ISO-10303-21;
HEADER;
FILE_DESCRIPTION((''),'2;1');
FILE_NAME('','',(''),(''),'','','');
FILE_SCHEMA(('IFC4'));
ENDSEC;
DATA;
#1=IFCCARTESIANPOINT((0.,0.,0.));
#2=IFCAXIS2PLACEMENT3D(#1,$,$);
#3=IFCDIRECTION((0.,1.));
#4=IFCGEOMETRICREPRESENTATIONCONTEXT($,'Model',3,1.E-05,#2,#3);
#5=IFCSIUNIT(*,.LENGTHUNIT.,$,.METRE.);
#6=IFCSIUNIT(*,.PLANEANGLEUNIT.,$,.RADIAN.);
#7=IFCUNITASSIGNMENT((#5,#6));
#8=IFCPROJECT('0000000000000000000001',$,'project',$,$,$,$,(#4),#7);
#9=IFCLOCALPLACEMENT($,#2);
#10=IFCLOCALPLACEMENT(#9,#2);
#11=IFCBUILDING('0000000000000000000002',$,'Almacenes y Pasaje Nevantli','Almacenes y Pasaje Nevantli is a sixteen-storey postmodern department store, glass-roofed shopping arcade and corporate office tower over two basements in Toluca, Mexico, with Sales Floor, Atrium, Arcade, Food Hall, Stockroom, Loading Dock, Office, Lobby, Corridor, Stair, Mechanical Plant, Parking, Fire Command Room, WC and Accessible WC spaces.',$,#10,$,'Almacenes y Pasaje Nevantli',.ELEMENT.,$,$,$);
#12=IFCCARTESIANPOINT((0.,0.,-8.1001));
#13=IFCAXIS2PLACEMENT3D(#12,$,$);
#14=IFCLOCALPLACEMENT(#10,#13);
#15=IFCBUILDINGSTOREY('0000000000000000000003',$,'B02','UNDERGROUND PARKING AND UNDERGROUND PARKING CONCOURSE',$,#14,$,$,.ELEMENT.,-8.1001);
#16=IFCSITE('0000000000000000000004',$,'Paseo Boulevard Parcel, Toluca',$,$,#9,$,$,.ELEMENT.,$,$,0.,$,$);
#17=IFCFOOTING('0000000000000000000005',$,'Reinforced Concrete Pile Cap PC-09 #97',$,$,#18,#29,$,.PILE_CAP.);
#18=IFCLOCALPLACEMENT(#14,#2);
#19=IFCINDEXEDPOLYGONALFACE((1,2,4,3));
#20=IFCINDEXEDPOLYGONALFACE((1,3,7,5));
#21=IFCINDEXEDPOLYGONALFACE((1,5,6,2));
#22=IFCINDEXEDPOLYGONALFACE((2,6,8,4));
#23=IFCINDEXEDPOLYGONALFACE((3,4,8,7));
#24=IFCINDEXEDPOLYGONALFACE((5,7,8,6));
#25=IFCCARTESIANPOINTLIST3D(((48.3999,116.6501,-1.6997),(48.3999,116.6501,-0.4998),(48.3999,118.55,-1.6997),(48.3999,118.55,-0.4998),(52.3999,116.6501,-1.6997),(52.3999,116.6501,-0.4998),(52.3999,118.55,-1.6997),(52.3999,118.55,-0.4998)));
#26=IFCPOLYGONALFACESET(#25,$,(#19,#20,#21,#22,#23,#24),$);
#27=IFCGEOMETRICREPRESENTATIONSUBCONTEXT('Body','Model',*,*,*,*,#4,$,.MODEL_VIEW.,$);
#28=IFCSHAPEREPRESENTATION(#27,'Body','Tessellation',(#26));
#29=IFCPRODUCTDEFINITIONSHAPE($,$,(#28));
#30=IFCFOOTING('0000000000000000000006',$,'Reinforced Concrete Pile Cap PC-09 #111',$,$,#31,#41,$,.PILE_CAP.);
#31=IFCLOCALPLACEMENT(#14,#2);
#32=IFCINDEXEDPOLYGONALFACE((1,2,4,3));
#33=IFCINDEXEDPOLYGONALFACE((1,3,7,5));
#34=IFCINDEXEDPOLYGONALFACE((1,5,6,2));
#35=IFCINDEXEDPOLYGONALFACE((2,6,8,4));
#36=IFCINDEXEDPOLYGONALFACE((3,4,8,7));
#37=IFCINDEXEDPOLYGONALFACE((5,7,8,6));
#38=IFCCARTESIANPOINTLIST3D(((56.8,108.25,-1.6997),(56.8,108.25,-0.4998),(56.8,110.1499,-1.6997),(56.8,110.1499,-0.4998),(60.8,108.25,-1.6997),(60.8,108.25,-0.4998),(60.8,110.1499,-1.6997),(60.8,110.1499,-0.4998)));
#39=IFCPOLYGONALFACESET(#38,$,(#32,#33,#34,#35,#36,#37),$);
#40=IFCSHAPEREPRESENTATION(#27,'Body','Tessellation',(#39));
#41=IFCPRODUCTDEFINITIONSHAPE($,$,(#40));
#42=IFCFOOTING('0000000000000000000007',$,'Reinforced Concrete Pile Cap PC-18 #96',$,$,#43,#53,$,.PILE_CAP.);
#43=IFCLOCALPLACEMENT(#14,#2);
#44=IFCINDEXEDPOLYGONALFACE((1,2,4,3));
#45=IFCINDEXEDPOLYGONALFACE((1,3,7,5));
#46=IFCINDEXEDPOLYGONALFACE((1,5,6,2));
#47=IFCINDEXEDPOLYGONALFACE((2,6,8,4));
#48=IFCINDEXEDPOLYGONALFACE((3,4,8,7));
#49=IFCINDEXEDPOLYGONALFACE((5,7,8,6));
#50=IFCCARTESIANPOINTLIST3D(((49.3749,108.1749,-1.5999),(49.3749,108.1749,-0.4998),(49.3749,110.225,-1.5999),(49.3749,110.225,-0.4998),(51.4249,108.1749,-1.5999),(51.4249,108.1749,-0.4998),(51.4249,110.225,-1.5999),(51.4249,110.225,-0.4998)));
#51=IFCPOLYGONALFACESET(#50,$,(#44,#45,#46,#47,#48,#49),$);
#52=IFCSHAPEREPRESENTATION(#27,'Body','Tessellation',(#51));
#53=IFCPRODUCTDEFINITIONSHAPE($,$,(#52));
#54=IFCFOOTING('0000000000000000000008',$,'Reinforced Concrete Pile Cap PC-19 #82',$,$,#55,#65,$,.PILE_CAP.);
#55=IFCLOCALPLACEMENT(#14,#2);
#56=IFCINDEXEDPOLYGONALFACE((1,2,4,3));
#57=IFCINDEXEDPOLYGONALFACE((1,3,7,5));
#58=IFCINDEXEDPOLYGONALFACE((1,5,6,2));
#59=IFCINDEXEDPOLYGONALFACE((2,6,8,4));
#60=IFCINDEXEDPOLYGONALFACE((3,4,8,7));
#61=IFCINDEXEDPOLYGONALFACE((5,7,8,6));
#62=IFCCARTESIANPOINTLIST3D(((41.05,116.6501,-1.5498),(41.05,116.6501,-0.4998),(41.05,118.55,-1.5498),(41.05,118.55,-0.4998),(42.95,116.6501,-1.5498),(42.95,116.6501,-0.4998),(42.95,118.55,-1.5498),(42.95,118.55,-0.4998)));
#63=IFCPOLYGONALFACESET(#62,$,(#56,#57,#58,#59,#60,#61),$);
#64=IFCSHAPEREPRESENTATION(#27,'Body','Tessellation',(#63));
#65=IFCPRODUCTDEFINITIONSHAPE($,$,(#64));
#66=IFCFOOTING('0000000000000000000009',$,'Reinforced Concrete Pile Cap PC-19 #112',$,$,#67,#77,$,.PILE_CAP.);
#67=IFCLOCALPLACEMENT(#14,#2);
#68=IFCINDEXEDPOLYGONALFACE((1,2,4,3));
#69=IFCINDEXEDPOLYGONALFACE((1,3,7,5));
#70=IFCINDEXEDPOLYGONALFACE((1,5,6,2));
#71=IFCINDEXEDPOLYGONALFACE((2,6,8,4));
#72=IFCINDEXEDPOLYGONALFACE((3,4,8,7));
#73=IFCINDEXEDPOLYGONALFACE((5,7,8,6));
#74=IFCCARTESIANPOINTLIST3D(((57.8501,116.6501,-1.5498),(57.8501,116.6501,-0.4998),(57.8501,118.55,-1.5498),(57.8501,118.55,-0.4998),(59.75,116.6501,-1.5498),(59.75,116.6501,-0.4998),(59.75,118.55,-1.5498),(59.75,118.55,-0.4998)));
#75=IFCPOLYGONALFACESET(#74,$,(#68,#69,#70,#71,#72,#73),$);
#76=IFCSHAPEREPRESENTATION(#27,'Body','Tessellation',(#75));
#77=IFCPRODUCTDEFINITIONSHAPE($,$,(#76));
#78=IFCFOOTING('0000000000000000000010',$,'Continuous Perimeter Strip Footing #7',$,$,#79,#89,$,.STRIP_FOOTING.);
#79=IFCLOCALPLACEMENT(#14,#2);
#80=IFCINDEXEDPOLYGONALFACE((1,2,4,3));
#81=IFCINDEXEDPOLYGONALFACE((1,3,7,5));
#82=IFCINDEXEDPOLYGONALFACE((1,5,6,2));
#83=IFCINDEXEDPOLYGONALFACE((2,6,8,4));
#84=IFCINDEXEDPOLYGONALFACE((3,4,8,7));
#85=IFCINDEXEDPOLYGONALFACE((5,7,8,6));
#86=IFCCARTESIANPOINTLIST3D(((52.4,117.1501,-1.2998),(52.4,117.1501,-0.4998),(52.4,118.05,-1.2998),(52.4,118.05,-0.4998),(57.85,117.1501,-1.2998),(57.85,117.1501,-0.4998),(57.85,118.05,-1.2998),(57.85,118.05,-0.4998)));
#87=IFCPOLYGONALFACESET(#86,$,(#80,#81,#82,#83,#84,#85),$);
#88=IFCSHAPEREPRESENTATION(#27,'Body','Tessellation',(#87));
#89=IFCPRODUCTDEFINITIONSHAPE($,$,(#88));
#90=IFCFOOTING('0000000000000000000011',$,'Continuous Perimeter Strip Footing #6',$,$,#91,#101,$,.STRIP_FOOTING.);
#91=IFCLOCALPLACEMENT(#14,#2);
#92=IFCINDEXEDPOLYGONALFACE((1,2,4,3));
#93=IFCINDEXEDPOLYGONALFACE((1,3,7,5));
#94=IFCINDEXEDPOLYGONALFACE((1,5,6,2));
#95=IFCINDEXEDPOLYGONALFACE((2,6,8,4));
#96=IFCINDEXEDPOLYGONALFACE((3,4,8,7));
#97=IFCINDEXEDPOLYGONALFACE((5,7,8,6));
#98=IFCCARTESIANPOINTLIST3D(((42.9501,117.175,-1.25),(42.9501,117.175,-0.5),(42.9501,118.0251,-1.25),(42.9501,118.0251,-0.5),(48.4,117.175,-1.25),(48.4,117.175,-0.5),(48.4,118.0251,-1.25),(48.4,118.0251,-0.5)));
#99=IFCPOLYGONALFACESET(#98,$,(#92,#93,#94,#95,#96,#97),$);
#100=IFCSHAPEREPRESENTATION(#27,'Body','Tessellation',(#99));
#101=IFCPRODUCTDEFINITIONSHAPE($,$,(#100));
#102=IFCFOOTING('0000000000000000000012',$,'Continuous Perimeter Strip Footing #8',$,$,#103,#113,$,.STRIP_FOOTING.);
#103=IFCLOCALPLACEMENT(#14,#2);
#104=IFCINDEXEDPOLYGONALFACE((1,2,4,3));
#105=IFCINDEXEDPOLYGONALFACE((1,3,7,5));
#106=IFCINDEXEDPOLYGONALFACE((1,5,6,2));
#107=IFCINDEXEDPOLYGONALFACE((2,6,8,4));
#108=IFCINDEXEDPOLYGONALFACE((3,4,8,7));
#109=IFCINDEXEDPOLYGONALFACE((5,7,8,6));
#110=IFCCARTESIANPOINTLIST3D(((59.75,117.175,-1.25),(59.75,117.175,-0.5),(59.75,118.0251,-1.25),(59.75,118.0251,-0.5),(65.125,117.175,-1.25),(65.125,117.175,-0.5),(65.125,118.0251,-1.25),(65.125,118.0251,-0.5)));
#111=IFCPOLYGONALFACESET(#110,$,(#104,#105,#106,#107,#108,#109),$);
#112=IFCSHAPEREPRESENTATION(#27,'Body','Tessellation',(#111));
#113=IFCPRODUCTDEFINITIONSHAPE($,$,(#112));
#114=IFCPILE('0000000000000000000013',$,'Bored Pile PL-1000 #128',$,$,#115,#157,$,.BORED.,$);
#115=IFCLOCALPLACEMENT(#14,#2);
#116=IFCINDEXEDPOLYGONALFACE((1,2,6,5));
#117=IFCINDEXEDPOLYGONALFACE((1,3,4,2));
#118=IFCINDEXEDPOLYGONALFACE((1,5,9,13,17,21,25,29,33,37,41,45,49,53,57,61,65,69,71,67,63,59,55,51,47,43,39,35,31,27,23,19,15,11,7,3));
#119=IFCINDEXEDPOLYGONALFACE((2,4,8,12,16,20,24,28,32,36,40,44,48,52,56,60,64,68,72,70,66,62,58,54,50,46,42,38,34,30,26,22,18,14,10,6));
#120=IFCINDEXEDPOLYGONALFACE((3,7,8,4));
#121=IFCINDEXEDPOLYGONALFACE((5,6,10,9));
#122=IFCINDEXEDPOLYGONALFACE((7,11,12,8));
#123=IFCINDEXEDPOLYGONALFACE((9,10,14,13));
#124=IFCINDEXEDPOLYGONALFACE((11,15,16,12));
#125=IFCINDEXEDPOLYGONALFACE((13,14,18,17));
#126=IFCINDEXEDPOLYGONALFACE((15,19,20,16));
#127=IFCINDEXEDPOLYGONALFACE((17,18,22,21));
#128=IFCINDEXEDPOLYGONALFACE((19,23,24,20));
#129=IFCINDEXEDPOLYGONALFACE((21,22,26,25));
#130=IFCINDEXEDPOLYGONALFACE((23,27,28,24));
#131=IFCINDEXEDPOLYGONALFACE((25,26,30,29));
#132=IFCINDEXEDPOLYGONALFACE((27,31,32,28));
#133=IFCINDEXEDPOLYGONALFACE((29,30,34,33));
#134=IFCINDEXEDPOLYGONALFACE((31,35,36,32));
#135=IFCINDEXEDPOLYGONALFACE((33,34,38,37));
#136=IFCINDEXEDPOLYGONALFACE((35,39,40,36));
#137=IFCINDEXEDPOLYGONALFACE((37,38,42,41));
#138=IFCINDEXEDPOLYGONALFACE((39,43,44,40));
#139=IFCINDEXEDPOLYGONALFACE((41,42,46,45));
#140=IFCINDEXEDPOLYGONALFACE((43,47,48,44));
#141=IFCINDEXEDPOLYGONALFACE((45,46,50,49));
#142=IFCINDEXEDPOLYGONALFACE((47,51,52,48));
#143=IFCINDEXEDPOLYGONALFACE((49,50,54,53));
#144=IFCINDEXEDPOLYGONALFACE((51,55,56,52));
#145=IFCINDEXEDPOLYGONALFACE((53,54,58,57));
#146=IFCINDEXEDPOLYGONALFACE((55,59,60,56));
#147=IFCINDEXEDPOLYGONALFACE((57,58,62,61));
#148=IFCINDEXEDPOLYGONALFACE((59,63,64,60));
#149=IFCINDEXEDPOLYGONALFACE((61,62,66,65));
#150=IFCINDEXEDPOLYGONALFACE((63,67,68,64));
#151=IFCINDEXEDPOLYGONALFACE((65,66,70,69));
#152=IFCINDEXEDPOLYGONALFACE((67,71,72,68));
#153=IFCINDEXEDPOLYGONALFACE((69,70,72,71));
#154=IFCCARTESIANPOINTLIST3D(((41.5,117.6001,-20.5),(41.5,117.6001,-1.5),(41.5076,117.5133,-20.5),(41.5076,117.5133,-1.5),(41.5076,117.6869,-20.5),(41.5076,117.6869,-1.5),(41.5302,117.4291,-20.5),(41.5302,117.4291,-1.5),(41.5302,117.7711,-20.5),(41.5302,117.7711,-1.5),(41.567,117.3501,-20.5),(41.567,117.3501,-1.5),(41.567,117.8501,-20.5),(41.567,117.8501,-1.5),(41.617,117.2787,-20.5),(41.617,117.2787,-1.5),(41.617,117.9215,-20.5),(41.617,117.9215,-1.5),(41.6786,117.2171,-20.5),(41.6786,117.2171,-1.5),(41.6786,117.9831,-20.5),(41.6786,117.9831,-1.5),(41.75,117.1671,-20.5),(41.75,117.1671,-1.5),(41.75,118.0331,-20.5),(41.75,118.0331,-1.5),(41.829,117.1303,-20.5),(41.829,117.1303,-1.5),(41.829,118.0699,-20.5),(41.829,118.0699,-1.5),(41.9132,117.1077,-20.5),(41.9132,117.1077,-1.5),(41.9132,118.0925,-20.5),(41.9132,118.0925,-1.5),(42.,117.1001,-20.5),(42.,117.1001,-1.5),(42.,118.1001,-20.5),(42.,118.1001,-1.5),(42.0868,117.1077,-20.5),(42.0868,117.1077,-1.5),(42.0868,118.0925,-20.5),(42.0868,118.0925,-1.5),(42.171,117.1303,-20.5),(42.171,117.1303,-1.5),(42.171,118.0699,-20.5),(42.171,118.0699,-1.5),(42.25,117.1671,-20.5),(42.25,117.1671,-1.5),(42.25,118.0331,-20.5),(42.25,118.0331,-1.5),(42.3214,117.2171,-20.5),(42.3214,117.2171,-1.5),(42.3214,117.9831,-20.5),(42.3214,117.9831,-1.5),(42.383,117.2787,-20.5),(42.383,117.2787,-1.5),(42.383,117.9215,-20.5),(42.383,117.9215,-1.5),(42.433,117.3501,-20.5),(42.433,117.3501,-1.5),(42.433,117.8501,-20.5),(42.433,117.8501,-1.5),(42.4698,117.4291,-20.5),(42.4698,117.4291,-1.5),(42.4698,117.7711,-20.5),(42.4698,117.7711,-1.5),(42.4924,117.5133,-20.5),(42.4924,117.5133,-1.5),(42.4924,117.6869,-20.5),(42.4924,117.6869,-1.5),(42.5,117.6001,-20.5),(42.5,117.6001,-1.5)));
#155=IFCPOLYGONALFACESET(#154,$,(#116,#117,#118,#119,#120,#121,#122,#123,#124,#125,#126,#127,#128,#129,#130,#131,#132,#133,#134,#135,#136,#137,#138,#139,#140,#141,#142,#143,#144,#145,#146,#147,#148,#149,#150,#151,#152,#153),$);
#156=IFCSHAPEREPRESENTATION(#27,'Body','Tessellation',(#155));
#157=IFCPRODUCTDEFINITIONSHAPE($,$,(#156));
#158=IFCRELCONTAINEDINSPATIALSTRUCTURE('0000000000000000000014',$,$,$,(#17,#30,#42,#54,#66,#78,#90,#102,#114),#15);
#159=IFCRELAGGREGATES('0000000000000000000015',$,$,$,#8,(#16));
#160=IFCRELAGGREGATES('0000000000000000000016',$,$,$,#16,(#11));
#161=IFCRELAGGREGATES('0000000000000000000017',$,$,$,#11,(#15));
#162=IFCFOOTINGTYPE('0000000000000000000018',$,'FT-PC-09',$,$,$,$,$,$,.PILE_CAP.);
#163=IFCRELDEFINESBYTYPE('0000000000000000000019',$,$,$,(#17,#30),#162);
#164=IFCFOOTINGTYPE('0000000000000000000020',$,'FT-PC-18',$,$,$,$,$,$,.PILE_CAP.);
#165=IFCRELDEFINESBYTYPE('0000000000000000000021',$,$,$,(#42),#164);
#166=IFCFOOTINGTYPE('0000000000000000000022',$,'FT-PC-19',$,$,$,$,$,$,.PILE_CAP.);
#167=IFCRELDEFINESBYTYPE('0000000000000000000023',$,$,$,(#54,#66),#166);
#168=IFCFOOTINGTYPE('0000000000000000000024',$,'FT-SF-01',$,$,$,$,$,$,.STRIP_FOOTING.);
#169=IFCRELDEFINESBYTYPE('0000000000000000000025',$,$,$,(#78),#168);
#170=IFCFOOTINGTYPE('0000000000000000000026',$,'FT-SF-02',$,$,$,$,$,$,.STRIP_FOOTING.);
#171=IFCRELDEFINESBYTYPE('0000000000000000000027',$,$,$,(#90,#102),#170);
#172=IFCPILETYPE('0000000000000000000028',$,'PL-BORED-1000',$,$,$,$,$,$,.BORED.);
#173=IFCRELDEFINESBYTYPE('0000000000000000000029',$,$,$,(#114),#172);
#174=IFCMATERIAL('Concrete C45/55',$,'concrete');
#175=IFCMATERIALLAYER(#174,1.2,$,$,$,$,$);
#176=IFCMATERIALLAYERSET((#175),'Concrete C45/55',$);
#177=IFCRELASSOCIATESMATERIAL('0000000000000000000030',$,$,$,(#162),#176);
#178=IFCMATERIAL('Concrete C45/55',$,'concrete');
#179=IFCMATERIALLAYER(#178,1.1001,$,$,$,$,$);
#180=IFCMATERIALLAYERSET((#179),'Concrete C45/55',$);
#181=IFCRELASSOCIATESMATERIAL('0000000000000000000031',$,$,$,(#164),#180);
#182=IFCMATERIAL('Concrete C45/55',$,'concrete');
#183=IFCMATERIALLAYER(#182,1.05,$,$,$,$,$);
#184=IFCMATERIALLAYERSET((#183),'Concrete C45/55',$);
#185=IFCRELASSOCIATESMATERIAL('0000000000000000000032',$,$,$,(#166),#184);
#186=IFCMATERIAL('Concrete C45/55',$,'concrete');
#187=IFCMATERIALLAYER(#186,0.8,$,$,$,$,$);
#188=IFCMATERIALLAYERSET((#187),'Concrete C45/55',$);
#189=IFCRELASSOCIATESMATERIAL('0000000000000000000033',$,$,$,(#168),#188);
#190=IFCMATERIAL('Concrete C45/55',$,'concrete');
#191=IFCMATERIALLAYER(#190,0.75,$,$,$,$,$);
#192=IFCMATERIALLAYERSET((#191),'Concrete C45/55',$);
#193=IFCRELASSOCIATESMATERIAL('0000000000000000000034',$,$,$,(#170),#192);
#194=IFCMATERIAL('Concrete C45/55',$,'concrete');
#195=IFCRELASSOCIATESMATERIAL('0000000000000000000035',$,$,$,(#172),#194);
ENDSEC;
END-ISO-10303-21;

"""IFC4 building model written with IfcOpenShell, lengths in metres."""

from ifc_helpers import new_model, si_unit, direction, frame, origin, origin_2d, place, context, subcontext, project, spatial, rectangle, circle, extrude, material, layer, layer_set, material_profile, profile_set, type_object, element, save


model = new_model("IFC4")

# Units and contexts
model_context = context("Model", 3, precision=1e-05, world=origin(), true_north=direction((0.0, 1.0)))
body_context = subcontext(model_context, "Body", "Model", "MODEL_VIEW")
ifc_project = project(units=[si_unit("LENGTHUNIT", "METRE"), si_unit("PLANEANGLEUNIT", "RADIAN")], contexts=[model_context])

# Site, building, storey
site_placement = place(None, origin())
site = spatial("IfcSite", under=ifc_project, at=site_placement, Name="Paseo Boulevard Parcel, Toluca", CompositionType="ELEMENT", RefElevation=0.0)
building_placement = place(site_placement, origin())
building = spatial("IfcBuilding", under=site, at=building_placement, Name="Almacenes y Pasaje Nevantli", Description="Almacenes y Pasaje Nevantli is a sixteen-storey postmodern department store, glass-roofed shopping arcade and corporate office tower over two basements in Toluca, Mexico, with Sales Floor, Atrium, Arcade, Food Hall, Stockroom, Loading Dock, Office, Lobby, Corridor, Stair, Mechanical Plant, Parking, Fire Command Room, WC and Accessible WC spaces.", LongName="Almacenes y Pasaje Nevantli", CompositionType="ELEMENT")
storey_placement = place(building_placement, frame((0.0, 0.0, -8.1001)))
storey = spatial("IfcBuildingStorey", under=building, at=storey_placement, Name="B02", Description="UNDERGROUND PARKING AND UNDERGROUND PARKING CONCOURSE", CompositionType="ELEMENT", Elevation=-8.1001)

# Footings
ifc_material_1 = material(Name="Concrete C45/55", Category="concrete")
ifc_layer_1 = layer(ifc_material_1, 1.2)
ifc_layer_set_1 = layer_set([ifc_layer_1], Name="Concrete C45/55")
footing_type_1 = type_object("IfcFootingType", Name="FT-PC-09", PredefinedType="PILE_CAP", material=ifc_layer_set_1)
for number, where, z_axis, x_axis, name in (
    (1, (50.3999, 117.6001, -1.6997), (0.0, 0.0, 1.0), (1.0, 0.0, 0.0), "Reinforced Concrete Pile Cap PC-09 #97"),
    (2, (58.8, 109.2, -1.6997), (0.0, 0.0, 1.0), (1.0, 0.0, 0.0), "Reinforced Concrete Pile Cap PC-09 #111"),
):
    element("IfcFooting", number, at=place(storey_placement, frame(where, z_axis=z_axis, x_axis=x_axis)), inside=storey, type_object=footing_type_1, Name=name, PredefinedType="PILE_CAP", context=body_context, shape_type="SweptSolid", body=[
        extrude(rectangle(XDim=4.0, YDim=1.8999, at=origin_2d()), origin(), (0.0, 0.0, 1.0), 1.2),
    ])
ifc_material_2 = material(Name="Concrete C45/55", Category="concrete")
ifc_layer_2 = layer(ifc_material_2, 1.1001)
ifc_layer_set_2 = layer_set([ifc_layer_2], Name="Concrete C45/55")
footing_type_2 = type_object("IfcFootingType", Name="FT-PC-18", PredefinedType="PILE_CAP", material=ifc_layer_set_2)
footing_1_placement = place(storey_placement, frame((50.3999, 109.2, -1.5999), z_axis=(0.0, 0.0, 1.0), x_axis=(1.0, 0.0, 0.0)))
element("IfcFooting", 3, at=footing_1_placement, inside=storey, type_object=footing_type_2, Name="Reinforced Concrete Pile Cap PC-18 #96", PredefinedType="PILE_CAP", context=body_context, shape_type="SweptSolid", body=[
    extrude(rectangle(XDim=2.05, YDim=2.05, at=origin_2d()), origin(), (0.0, 0.0, 1.0), 1.1001),
])
ifc_material_3 = material(Name="Concrete C45/55", Category="concrete")
ifc_layer_3 = layer(ifc_material_3, 1.05)
ifc_layer_set_3 = layer_set([ifc_layer_3], Name="Concrete C45/55")
footing_type_3 = type_object("IfcFootingType", Name="FT-PC-19", PredefinedType="PILE_CAP", material=ifc_layer_set_3)
for number, where, z_axis, x_axis, name in (
    (4, (42.0, 117.6001, -1.5498), (0.0, 0.0, 1.0), (1.0, 0.0, 0.0), "Reinforced Concrete Pile Cap PC-19 #82"),
    (5, (58.8, 117.6001, -1.5498), (0.0, 0.0, 1.0), (1.0, 0.0, 0.0), "Reinforced Concrete Pile Cap PC-19 #112"),
):
    element("IfcFooting", number, at=place(storey_placement, frame(where, z_axis=z_axis, x_axis=x_axis)), inside=storey, type_object=footing_type_3, Name=name, PredefinedType="PILE_CAP", context=body_context, shape_type="SweptSolid", body=[
        extrude(rectangle(XDim=1.8999, YDim=1.8999, at=origin_2d()), origin(), (0.0, 0.0, 1.0), 1.05),
    ])
ifc_material_4 = material(Name="Concrete C45/55", Category="concrete")
ifc_layer_4 = layer(ifc_material_4, 0.8)
ifc_layer_set_4 = layer_set([ifc_layer_4], Name="Concrete C45/55")
footing_type_4 = type_object("IfcFootingType", Name="FT-SF-01", PredefinedType="STRIP_FOOTING", material=ifc_layer_set_4)
footing_2_placement = place(storey_placement, frame((55.125, 117.6001, -1.2998), z_axis=(0.0, 0.0, 1.0), x_axis=(1.0, 0.0, 0.0)))
element("IfcFooting", 6, at=footing_2_placement, inside=storey, type_object=footing_type_4, Name="Continuous Perimeter Strip Footing #7", PredefinedType="STRIP_FOOTING", context=body_context, shape_type="SweptSolid", body=[
    extrude(rectangle(XDim=5.45, YDim=0.8999, at=origin_2d()), origin(), (0.0, 0.0, 1.0), 0.8),
])
ifc_material_5 = material(Name="Concrete C45/55", Category="concrete")
ifc_layer_5 = layer(ifc_material_5, 0.75)
ifc_layer_set_5 = layer_set([ifc_layer_5], Name="Concrete C45/55")
footing_type_5 = type_object("IfcFootingType", Name="FT-SF-02", PredefinedType="STRIP_FOOTING", material=ifc_layer_set_5)
footing_3_placement = place(storey_placement, frame((45.675, 117.6001, -1.25), z_axis=(0.0, 0.0, 1.0), x_axis=(1.0, 0.0, 0.0)))
element("IfcFooting", 7, at=footing_3_placement, inside=storey, type_object=footing_type_5, Name="Continuous Perimeter Strip Footing #6", PredefinedType="STRIP_FOOTING", context=body_context, shape_type="SweptSolid", body=[
    extrude(rectangle(XDim=5.45, YDim=0.8501, at=origin_2d()), origin(), (0.0, 0.0, 1.0), 0.75),
])
footing_4_placement = place(storey_placement, frame((62.4375, 117.6001, -1.25), z_axis=(0.0, 0.0, 1.0), x_axis=(1.0, 0.0, 0.0)))
element("IfcFooting", 8, at=footing_4_placement, inside=storey, type_object=footing_type_5, Name="Continuous Perimeter Strip Footing #8", PredefinedType="STRIP_FOOTING", context=body_context, shape_type="SweptSolid", body=[
    extrude(rectangle(XDim=5.375, YDim=0.8501, at=origin_2d()), origin(), (0.0, 0.0, 1.0), 0.75),
])

# Pile
ifc_material_6 = material(Name="Concrete C45/55", Category="concrete")
ifc_material_profile_1 = material_profile(ifc_material_6, circle(Radius=0.5, at=origin_2d()), Name="RC-PILE-D1000")
ifc_profile_set_1 = profile_set([ifc_material_profile_1], Name="Concrete C45/55")
pile_type_1 = type_object("IfcPileType", Name="PL-BORED-1000", PredefinedType="BORED", material=ifc_profile_set_1)
for number, where, z_axis, x_axis, name in (
    (9, (42.0, 117.6001, -1.5), (0.0, 0.0, -1.0), (1.0, 0.0, 0.0), "Bored Pile PL-1000 #128"),
):
    element("IfcPile", number, at=place(storey_placement, frame(where, z_axis=z_axis, x_axis=x_axis)), inside=storey, type_object=pile_type_1, Name=name, PredefinedType="BORED", context=body_context, shape_type="SweptSolid", body=[
        extrude(circle(Radius=0.5, at=origin_2d()), origin(), (0.0, 0.0, 1.0), 19.0),
    ])

save(model, "model.ifc")
